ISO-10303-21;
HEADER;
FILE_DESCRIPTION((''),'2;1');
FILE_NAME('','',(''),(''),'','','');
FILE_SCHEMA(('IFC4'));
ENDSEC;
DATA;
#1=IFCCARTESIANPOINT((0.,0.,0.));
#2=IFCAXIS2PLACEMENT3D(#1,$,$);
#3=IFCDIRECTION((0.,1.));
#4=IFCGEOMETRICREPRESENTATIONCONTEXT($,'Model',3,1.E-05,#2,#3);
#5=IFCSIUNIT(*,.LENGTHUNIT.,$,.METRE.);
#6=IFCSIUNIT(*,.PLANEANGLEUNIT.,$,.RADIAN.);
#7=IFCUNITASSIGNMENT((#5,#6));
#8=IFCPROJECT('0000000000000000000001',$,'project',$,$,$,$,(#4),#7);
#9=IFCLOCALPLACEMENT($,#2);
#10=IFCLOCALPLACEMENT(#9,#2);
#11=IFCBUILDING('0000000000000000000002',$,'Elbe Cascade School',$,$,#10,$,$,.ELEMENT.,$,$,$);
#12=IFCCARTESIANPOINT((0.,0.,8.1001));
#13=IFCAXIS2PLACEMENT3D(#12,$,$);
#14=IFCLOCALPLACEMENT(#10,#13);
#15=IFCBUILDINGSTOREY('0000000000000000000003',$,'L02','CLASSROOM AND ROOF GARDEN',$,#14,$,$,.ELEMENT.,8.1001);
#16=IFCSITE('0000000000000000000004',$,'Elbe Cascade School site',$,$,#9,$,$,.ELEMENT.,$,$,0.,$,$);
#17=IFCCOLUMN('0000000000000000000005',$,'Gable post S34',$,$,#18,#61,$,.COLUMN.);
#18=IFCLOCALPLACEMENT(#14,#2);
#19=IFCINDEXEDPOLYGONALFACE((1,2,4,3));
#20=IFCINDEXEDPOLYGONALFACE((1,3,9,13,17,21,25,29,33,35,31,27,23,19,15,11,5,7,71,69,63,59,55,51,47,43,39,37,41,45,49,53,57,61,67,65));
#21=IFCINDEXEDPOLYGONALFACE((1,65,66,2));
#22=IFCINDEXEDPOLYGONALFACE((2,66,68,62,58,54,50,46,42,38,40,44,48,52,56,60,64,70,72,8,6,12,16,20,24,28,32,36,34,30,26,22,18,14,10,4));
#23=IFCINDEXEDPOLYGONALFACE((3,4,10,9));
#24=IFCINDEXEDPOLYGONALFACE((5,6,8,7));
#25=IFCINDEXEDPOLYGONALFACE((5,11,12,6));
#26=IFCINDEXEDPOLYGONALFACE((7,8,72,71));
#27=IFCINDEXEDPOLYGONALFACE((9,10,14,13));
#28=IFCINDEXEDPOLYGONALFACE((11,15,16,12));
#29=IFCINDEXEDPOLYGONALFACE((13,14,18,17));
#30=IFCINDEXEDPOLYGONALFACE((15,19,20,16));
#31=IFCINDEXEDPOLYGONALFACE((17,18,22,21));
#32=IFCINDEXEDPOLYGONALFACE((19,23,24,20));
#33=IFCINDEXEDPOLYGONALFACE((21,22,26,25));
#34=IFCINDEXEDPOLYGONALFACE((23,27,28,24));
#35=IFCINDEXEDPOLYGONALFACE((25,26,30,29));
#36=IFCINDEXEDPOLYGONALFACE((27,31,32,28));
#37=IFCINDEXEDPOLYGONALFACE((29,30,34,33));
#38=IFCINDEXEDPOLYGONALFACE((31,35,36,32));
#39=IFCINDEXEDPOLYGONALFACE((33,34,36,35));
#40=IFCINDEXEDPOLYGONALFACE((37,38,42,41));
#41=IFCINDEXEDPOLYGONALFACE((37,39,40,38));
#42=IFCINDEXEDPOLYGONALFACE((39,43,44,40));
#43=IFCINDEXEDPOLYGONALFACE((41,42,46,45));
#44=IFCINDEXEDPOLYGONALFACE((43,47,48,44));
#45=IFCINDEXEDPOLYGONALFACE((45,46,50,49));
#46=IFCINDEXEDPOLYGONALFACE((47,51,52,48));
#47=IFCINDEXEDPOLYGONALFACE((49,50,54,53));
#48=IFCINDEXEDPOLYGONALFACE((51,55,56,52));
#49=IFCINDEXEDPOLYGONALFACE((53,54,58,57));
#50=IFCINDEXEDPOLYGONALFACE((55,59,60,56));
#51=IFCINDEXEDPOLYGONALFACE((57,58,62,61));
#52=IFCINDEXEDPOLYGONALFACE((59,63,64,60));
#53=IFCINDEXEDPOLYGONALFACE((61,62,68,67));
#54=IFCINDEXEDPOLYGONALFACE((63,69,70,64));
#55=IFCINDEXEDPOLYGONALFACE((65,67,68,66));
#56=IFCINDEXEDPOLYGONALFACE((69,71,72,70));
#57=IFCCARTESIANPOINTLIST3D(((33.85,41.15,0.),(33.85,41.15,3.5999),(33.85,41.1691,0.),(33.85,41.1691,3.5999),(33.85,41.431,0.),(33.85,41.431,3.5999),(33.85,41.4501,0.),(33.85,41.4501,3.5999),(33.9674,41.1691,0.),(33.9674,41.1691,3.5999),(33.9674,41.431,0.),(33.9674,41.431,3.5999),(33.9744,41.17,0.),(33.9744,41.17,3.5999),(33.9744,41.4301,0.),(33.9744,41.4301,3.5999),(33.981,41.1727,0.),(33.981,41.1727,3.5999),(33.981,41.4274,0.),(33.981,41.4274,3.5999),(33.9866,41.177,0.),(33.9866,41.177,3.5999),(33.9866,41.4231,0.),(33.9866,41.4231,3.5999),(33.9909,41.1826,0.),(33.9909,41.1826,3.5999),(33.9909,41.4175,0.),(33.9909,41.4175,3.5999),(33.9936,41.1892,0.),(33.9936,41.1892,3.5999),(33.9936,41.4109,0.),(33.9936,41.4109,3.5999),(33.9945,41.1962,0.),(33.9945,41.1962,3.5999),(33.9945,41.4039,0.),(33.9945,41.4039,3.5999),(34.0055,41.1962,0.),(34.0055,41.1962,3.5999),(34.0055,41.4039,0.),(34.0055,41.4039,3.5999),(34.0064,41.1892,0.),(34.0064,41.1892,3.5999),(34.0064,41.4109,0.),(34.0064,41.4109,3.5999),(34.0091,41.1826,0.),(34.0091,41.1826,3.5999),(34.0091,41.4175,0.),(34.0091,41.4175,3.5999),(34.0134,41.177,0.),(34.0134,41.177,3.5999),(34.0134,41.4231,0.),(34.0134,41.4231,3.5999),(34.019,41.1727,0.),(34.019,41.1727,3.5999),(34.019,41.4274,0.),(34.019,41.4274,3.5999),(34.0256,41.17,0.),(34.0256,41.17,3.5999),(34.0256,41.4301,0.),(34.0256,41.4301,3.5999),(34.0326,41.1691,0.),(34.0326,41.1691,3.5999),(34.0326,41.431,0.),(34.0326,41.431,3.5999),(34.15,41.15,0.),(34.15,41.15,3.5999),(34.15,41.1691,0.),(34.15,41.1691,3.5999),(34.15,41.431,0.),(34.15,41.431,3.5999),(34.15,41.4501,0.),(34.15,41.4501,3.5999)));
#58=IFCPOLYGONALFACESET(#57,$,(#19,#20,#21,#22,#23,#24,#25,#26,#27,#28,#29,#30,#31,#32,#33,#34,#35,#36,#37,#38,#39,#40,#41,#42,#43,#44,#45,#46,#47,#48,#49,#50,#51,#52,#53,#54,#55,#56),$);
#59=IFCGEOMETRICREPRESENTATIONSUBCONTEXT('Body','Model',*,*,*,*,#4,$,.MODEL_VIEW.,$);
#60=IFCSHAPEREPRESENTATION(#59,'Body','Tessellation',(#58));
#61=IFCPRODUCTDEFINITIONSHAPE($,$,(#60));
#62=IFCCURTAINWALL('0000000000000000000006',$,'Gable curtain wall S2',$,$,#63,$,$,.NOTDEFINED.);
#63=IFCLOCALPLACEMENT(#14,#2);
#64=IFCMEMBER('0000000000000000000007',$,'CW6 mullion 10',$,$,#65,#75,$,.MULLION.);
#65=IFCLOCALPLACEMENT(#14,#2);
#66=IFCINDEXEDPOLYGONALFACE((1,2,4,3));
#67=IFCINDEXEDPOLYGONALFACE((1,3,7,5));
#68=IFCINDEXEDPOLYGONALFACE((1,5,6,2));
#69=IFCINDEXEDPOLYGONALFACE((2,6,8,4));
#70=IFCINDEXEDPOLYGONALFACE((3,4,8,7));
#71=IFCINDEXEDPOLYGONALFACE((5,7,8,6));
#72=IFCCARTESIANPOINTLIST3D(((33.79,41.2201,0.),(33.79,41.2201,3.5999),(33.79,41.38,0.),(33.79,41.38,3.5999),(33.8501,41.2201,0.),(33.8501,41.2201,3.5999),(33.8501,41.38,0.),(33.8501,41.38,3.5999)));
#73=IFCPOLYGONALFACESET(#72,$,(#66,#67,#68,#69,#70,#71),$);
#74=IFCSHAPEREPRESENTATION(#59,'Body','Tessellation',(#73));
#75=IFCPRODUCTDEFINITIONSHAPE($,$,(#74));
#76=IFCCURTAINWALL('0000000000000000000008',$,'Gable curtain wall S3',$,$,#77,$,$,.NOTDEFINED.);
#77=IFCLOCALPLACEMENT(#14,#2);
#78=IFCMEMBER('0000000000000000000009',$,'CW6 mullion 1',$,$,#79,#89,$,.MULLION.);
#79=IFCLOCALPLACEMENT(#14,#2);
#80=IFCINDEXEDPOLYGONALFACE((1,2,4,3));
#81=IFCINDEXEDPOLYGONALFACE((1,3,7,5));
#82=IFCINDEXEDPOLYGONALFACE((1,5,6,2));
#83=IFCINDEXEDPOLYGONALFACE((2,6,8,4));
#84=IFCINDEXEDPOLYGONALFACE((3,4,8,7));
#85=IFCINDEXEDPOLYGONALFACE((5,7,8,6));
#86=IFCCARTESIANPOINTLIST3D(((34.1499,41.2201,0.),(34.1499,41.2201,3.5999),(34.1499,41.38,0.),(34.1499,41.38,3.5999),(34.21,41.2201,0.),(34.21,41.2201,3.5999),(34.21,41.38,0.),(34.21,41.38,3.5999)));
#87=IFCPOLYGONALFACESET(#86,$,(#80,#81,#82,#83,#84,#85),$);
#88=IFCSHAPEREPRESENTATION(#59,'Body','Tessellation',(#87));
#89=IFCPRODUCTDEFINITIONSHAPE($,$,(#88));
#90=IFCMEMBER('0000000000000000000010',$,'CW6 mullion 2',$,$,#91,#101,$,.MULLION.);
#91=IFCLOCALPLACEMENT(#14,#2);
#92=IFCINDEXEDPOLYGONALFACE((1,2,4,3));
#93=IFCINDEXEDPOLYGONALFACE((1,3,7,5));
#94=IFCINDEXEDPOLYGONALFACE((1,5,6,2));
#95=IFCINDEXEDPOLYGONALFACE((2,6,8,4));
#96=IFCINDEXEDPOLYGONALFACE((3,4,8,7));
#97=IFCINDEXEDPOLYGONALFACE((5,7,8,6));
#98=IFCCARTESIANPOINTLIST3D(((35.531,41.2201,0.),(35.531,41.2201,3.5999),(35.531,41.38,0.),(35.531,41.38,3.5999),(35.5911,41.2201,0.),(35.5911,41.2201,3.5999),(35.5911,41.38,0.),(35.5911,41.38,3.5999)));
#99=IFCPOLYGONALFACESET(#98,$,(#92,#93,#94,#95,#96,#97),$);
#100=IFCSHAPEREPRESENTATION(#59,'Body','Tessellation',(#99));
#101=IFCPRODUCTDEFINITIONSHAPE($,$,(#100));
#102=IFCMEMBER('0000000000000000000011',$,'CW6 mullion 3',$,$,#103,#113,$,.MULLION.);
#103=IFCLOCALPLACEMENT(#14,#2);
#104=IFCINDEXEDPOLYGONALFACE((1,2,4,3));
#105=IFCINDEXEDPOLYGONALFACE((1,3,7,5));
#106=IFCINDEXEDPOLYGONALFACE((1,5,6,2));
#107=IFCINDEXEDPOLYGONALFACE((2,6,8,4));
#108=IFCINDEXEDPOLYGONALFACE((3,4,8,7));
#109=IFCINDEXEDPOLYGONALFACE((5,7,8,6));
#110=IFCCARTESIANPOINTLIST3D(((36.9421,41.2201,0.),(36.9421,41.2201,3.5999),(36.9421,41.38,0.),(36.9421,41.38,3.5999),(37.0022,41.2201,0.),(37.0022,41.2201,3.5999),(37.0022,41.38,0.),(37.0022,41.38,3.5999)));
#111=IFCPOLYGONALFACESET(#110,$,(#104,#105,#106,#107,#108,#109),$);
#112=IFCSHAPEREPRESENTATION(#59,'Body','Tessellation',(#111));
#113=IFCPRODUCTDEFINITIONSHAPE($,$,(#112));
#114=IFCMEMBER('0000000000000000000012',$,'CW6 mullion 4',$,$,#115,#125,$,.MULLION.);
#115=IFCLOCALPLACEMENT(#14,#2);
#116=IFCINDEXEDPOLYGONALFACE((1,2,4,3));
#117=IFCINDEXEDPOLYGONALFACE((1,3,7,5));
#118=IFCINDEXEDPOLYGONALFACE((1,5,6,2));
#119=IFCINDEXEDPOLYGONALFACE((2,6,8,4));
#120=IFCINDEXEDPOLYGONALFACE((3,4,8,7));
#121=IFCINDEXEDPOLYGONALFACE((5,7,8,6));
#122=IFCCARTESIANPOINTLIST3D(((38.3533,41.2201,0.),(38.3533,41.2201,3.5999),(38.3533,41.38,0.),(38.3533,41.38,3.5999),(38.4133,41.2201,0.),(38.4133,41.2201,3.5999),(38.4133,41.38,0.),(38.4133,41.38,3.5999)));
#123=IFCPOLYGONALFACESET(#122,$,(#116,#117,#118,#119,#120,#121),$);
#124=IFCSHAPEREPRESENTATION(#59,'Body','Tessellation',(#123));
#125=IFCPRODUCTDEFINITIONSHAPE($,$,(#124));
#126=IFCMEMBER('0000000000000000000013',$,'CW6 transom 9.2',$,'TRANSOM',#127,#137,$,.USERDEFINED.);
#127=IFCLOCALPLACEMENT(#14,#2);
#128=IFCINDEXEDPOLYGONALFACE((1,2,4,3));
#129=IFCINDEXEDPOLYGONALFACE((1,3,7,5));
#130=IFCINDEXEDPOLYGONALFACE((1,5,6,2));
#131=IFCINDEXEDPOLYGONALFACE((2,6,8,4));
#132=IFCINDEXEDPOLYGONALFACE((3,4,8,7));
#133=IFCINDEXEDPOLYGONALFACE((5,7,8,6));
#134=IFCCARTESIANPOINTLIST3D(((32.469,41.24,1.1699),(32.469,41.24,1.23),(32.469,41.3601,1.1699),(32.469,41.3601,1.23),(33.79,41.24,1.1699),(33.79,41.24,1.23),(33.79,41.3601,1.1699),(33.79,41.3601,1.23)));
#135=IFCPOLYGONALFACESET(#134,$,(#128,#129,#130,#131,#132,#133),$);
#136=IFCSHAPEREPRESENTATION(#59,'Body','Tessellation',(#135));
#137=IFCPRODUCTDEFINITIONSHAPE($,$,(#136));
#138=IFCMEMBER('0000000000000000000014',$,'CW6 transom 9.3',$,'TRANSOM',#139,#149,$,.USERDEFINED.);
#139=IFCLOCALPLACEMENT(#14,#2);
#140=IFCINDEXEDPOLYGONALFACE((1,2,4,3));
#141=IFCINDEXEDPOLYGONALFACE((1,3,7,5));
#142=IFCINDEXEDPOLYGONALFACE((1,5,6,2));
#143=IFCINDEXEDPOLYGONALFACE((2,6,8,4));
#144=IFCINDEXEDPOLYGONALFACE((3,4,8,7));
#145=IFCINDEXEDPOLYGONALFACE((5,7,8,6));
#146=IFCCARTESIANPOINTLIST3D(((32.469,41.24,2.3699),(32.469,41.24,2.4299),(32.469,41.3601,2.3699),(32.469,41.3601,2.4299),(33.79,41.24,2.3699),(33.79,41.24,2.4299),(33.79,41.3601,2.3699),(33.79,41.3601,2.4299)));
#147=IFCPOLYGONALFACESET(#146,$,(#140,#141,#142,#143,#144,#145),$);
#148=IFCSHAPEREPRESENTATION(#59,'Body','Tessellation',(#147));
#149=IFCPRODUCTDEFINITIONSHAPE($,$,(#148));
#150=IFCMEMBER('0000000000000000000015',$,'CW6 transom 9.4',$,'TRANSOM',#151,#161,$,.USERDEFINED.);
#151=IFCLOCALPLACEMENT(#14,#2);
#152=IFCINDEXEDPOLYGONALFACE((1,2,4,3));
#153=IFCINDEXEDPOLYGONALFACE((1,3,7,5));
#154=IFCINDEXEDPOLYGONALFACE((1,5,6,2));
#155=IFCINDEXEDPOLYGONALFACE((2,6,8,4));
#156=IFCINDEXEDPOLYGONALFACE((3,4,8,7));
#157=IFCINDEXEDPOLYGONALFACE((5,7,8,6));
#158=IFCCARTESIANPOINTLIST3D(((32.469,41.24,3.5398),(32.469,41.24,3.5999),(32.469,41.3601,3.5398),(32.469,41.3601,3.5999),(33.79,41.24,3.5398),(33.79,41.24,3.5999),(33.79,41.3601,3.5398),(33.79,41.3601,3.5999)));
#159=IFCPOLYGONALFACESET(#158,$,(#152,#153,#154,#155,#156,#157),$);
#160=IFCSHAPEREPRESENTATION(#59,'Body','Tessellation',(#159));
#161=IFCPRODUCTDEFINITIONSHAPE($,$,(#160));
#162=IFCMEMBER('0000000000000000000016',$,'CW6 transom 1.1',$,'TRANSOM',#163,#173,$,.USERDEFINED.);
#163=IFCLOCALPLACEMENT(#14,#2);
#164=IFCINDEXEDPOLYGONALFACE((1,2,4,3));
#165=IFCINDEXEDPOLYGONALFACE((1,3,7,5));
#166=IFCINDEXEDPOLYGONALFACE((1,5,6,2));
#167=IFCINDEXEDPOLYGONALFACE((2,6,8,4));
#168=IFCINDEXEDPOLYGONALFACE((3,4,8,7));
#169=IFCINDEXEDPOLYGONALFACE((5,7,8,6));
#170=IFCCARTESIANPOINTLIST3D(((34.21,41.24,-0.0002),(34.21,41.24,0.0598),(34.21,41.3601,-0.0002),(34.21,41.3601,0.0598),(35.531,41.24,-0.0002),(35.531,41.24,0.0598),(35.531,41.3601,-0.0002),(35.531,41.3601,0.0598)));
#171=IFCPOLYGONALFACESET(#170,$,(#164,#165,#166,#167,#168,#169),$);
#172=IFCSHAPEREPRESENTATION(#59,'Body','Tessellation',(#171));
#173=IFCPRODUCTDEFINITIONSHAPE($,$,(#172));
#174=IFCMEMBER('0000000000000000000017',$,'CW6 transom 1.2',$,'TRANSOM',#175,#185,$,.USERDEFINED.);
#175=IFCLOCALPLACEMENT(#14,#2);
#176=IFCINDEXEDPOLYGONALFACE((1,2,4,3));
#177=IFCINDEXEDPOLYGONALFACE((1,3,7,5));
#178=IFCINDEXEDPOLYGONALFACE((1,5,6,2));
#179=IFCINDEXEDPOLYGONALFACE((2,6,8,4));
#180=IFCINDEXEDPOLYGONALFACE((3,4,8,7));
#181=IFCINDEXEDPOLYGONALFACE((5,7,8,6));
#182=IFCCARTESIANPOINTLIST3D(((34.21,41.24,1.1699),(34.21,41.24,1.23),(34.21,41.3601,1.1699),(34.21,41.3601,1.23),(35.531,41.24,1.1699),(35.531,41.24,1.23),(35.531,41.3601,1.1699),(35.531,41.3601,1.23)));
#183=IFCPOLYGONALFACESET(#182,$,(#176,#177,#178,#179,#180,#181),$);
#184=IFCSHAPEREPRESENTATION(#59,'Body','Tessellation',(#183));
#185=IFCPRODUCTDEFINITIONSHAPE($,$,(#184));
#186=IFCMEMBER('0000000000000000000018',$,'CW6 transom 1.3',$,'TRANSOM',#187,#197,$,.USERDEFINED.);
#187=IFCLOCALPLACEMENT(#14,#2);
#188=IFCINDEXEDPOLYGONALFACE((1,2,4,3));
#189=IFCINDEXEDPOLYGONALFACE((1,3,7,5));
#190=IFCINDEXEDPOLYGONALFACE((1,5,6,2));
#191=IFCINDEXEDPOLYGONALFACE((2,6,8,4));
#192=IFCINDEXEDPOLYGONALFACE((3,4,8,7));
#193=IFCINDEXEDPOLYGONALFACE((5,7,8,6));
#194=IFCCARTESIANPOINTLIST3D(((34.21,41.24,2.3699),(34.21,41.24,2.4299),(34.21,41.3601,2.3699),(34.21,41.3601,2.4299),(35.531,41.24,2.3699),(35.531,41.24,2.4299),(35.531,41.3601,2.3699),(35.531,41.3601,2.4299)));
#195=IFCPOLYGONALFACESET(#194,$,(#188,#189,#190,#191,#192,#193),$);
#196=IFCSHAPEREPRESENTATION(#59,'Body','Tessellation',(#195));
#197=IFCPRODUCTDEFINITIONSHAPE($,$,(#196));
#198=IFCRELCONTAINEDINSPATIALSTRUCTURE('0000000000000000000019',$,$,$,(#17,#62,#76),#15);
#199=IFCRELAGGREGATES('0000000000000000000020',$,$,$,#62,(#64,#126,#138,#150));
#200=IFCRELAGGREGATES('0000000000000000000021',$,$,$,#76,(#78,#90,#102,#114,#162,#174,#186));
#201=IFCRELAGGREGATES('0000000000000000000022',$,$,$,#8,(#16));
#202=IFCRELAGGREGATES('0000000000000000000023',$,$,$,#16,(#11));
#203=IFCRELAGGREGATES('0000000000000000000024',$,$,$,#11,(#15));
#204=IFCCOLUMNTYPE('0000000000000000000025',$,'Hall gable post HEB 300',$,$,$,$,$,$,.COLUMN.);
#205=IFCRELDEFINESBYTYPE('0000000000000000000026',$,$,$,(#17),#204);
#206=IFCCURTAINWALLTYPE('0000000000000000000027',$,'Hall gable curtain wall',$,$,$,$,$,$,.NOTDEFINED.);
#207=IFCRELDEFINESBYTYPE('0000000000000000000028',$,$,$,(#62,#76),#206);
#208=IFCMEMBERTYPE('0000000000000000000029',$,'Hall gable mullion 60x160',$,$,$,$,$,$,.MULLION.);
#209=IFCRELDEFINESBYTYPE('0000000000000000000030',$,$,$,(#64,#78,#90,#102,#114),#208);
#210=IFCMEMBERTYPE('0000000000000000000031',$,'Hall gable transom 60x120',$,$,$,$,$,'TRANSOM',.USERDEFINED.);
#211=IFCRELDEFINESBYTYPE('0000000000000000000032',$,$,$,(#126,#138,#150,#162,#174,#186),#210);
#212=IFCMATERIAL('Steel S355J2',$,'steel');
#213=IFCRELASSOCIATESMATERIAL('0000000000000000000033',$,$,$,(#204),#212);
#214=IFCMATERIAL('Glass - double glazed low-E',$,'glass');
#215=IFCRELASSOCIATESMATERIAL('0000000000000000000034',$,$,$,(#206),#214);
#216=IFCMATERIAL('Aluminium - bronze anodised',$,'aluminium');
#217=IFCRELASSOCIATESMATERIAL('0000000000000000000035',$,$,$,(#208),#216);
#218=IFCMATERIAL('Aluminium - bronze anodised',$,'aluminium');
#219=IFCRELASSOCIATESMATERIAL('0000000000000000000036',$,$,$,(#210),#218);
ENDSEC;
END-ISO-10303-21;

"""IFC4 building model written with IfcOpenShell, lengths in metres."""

from ifc_helpers import new_model, si_unit, direction, frame, origin, origin_2d, place, context, subcontext, project, spatial, rectangle, i_section, extrude, material, material_profile, profile_set, type_object, element, aggregate, save


model = new_model("IFC4")

# Units and contexts
model_context = context("Model", 3, precision=1e-05, world=origin(), true_north=direction((0.0, 1.0)))
body_context = subcontext(model_context, "Body", "Model", "MODEL_VIEW")
ifc_project = project(units=[si_unit("LENGTHUNIT", "METRE"), si_unit("PLANEANGLEUNIT", "RADIAN")], contexts=[model_context])

# Site, building, storey
site_placement = place(None, origin())
site = spatial("IfcSite", under=ifc_project, at=site_placement, Name="Elbe Cascade School site", CompositionType="ELEMENT", RefElevation=0.0)
building_placement = place(site_placement, origin())
building = spatial("IfcBuilding", under=site, at=building_placement, Name="Elbe Cascade School", CompositionType="ELEMENT")
storey_placement = place(building_placement, frame((0.0, 0.0, 8.1001)))
storey = spatial("IfcBuildingStorey", under=building, at=storey_placement, Name="L02", Description="CLASSROOM AND ROOF GARDEN", CompositionType="ELEMENT", Elevation=8.1001)

# Column
ifc_material_1 = material(Name="Steel S355J2", Category="steel")
ifc_material_profile_1 = material_profile(ifc_material_1, i_section(OverallWidth=0.3, OverallDepth=0.3, WebThickness=0.011, FlangeThickness=0.019, FilletRadius=0.0271, at=origin_2d()), Name="HEB 300")
ifc_profile_set_1 = profile_set([ifc_material_profile_1], Name="Steel S355J2")
column_type = type_object("IfcColumnType", Name="Hall gable post HEB 300", PredefinedType="COLUMN", material=ifc_profile_set_1)
column_placement = place(storey_placement, frame((34.0, 41.3, 0.0), z_axis=(0.0, 0.0, 1.0), x_axis=(1.0, 0.0, 0.0)))
element("IfcColumn", 1, at=column_placement, inside=storey, type_object=column_type, Name="Gable post S34", PredefinedType="COLUMN", context=body_context, shape_type="SweptSolid", body=[
    extrude(i_section(OverallWidth=0.3, OverallDepth=0.3, WebThickness=0.011, FlangeThickness=0.019, FilletRadius=0.0271, at=origin_2d()), origin(), (0.0, 0.0, 1.0), 3.5999),
])

# Curtain wall, member
ifc_material_2 = material(Name="Glass - double glazed low-E", Category="glass")
curtain_wall_type = type_object("IfcCurtainWallType", Name="Hall gable curtain wall", PredefinedType="NOTDEFINED", material=ifc_material_2)
curtain_wall_1_placement = place(storey_placement, origin())
curtain_wall_1 = element("IfcCurtainWall", 2, at=curtain_wall_1_placement, inside=storey, type_object=curtain_wall_type, Name="Gable curtain wall S2", PredefinedType="NOTDEFINED")
ifc_material_3 = material(Name="Aluminium - bronze anodised", Category="aluminium")
ifc_material_profile_2 = material_profile(ifc_material_3, rectangle(XDim=0.1599, YDim=0.0601, at=origin_2d()), Name="Alu 60x160")
ifc_profile_set_2 = profile_set([ifc_material_profile_2], Name="Aluminium - bronze anodised")
member_type_1 = type_object("IfcMemberType", Name="Hall gable mullion 60x160", PredefinedType="MULLION", material=ifc_profile_set_2)
member_1_placement = place(storey_placement, frame((33.8201, 41.3, 0.0), z_axis=(0.0, 0.0, 1.0), x_axis=(0.0, 1.0, 0.0)))
member_1 = element("IfcMember", 3, at=member_1_placement, type_object=member_type_1, Name="CW6 mullion 10", PredefinedType="MULLION", context=body_context, shape_type="SweptSolid", body=[
    extrude(rectangle(XDim=0.1599, YDim=0.0601, at=origin_2d()), origin(), (0.0, 0.0, 1.0), 3.5999),
])

# Curtain wall, members
curtain_wall_2_placement = place(storey_placement, origin())
curtain_wall_2 = element("IfcCurtainWall", 4, at=curtain_wall_2_placement, inside=storey, type_object=curtain_wall_type, Name="Gable curtain wall S3", PredefinedType="NOTDEFINED")
member_2_placement = place(storey_placement, frame((34.1799, 41.3, 0.0), z_axis=(0.0, 0.0, 1.0), x_axis=(0.0, 1.0, 0.0)))
member_2 = element("IfcMember", 5, at=member_2_placement, type_object=member_type_1, Name="CW6 mullion 1", PredefinedType="MULLION", context=body_context, shape_type="SweptSolid", body=[
    extrude(rectangle(XDim=0.1599, YDim=0.0601, at=origin_2d()), origin(), (0.0, 0.0, 1.0), 3.5999),
])
member_3_placement = place(storey_placement, frame((35.561, 41.3, 0.0), z_axis=(0.0, 0.0, 1.0), x_axis=(0.0, 1.0, 0.0)))
member_3 = element("IfcMember", 6, at=member_3_placement, type_object=member_type_1, Name="CW6 mullion 2", PredefinedType="MULLION", context=body_context, shape_type="SweptSolid", body=[
    extrude(rectangle(XDim=0.1599, YDim=0.0601, at=origin_2d()), origin(), (0.0, 0.0, 1.0), 3.5999),
])
member_4_placement = place(storey_placement, frame((36.9722, 41.3, 0.0), z_axis=(0.0, 0.0, 1.0), x_axis=(0.0, 1.0, 0.0)))
member_4 = element("IfcMember", 7, at=member_4_placement, type_object=member_type_1, Name="CW6 mullion 3", PredefinedType="MULLION", context=body_context, shape_type="SweptSolid", body=[
    extrude(rectangle(XDim=0.1599, YDim=0.0601, at=origin_2d()), origin(), (0.0, 0.0, 1.0), 3.5999),
])
member_5_placement = place(storey_placement, frame((38.3833, 41.3, 0.0), z_axis=(0.0, 0.0, 1.0), x_axis=(0.0, 1.0, 0.0)))
member_5 = element("IfcMember", 8, at=member_5_placement, type_object=member_type_1, Name="CW6 mullion 4", PredefinedType="MULLION", context=body_context, shape_type="SweptSolid", body=[
    extrude(rectangle(XDim=0.1599, YDim=0.0601, at=origin_2d()), origin(), (0.0, 0.0, 1.0), 3.5999),
])

# Members
ifc_material_4 = material(Name="Aluminium - bronze anodised", Category="aluminium")
ifc_material_profile_3 = material_profile(ifc_material_4, rectangle(XDim=0.1201, YDim=0.0601, at=origin_2d()), Name="Alu 60x120")
ifc_profile_set_3 = profile_set([ifc_material_profile_3], Name="Aluminium - bronze anodised")
member_type_2 = type_object("IfcMemberType", Name="Hall gable transom 60x120", ElementType="TRANSOM", PredefinedType="USERDEFINED", material=ifc_profile_set_3)
member_6_placement = place(storey_placement, frame((32.469, 41.3, 1.2), z_axis=(1.0, 0.0, 0.0), x_axis=(0.0, 1.0, 0.0)))
member_6 = element("IfcMember", 9, at=member_6_placement, type_object=member_type_2, Name="CW6 transom 9.2", ObjectType="TRANSOM", PredefinedType="USERDEFINED", context=body_context, shape_type="SweptSolid", body=[
    extrude(rectangle(XDim=0.1201, YDim=0.0601, at=origin_2d()), origin(), (0.0, 0.0, 1.0), 1.321),
])
member_7_placement = place(storey_placement, frame((32.469, 41.3, 2.3999), z_axis=(1.0, 0.0, 0.0), x_axis=(0.0, 1.0, 0.0)))
member_7 = element("IfcMember", 10, at=member_7_placement, type_object=member_type_2, Name="CW6 transom 9.3", ObjectType="TRANSOM", PredefinedType="USERDEFINED", context=body_context, shape_type="SweptSolid", body=[
    extrude(rectangle(XDim=0.1201, YDim=0.0601, at=origin_2d()), origin(), (0.0, 0.0, 1.0), 1.321),
])
member_8_placement = place(storey_placement, frame((32.469, 41.3, 3.5698), z_axis=(1.0, 0.0, 0.0), x_axis=(0.0, 1.0, 0.0)))
member_8 = element("IfcMember", 11, at=member_8_placement, type_object=member_type_2, Name="CW6 transom 9.4", ObjectType="TRANSOM", PredefinedType="USERDEFINED", context=body_context, shape_type="SweptSolid", body=[
    extrude(rectangle(XDim=0.1201, YDim=0.0601, at=origin_2d()), origin(), (0.0, 0.0, 1.0), 1.321),
])
member_9_placement = place(storey_placement, frame((34.21, 41.3, 0.0298), z_axis=(1.0, 0.0, 0.0), x_axis=(0.0, 1.0, 0.0)))
member_9 = element("IfcMember", 12, at=member_9_placement, type_object=member_type_2, Name="CW6 transom 1.1", ObjectType="TRANSOM", PredefinedType="USERDEFINED", context=body_context, shape_type="SweptSolid", body=[
    extrude(rectangle(XDim=0.1201, YDim=0.0601, at=origin_2d()), origin(), (0.0, 0.0, 1.0), 1.321),
])
member_10_placement = place(storey_placement, frame((34.21, 41.3, 1.2), z_axis=(1.0, 0.0, 0.0), x_axis=(0.0, 1.0, 0.0)))
member_10 = element("IfcMember", 13, at=member_10_placement, type_object=member_type_2, Name="CW6 transom 1.2", ObjectType="TRANSOM", PredefinedType="USERDEFINED", context=body_context, shape_type="SweptSolid", body=[
    extrude(rectangle(XDim=0.1201, YDim=0.0601, at=origin_2d()), origin(), (0.0, 0.0, 1.0), 1.321),
])
member_11_placement = place(storey_placement, frame((34.21, 41.3, 2.3999), z_axis=(1.0, 0.0, 0.0), x_axis=(0.0, 1.0, 0.0)))
member_11 = element("IfcMember", 14, at=member_11_placement, type_object=member_type_2, Name="CW6 transom 1.3", ObjectType="TRANSOM", PredefinedType="USERDEFINED", context=body_context, shape_type="SweptSolid", body=[
    extrude(rectangle(XDim=0.1201, YDim=0.0601, at=origin_2d()), origin(), (0.0, 0.0, 1.0), 1.321),
])

aggregate(curtain_wall_1, [member_1, member_6, member_7, member_8])
aggregate(curtain_wall_2, [member_2, member_3, member_4, member_5, member_9, member_10, member_11])

save(model, "model.ifc")
